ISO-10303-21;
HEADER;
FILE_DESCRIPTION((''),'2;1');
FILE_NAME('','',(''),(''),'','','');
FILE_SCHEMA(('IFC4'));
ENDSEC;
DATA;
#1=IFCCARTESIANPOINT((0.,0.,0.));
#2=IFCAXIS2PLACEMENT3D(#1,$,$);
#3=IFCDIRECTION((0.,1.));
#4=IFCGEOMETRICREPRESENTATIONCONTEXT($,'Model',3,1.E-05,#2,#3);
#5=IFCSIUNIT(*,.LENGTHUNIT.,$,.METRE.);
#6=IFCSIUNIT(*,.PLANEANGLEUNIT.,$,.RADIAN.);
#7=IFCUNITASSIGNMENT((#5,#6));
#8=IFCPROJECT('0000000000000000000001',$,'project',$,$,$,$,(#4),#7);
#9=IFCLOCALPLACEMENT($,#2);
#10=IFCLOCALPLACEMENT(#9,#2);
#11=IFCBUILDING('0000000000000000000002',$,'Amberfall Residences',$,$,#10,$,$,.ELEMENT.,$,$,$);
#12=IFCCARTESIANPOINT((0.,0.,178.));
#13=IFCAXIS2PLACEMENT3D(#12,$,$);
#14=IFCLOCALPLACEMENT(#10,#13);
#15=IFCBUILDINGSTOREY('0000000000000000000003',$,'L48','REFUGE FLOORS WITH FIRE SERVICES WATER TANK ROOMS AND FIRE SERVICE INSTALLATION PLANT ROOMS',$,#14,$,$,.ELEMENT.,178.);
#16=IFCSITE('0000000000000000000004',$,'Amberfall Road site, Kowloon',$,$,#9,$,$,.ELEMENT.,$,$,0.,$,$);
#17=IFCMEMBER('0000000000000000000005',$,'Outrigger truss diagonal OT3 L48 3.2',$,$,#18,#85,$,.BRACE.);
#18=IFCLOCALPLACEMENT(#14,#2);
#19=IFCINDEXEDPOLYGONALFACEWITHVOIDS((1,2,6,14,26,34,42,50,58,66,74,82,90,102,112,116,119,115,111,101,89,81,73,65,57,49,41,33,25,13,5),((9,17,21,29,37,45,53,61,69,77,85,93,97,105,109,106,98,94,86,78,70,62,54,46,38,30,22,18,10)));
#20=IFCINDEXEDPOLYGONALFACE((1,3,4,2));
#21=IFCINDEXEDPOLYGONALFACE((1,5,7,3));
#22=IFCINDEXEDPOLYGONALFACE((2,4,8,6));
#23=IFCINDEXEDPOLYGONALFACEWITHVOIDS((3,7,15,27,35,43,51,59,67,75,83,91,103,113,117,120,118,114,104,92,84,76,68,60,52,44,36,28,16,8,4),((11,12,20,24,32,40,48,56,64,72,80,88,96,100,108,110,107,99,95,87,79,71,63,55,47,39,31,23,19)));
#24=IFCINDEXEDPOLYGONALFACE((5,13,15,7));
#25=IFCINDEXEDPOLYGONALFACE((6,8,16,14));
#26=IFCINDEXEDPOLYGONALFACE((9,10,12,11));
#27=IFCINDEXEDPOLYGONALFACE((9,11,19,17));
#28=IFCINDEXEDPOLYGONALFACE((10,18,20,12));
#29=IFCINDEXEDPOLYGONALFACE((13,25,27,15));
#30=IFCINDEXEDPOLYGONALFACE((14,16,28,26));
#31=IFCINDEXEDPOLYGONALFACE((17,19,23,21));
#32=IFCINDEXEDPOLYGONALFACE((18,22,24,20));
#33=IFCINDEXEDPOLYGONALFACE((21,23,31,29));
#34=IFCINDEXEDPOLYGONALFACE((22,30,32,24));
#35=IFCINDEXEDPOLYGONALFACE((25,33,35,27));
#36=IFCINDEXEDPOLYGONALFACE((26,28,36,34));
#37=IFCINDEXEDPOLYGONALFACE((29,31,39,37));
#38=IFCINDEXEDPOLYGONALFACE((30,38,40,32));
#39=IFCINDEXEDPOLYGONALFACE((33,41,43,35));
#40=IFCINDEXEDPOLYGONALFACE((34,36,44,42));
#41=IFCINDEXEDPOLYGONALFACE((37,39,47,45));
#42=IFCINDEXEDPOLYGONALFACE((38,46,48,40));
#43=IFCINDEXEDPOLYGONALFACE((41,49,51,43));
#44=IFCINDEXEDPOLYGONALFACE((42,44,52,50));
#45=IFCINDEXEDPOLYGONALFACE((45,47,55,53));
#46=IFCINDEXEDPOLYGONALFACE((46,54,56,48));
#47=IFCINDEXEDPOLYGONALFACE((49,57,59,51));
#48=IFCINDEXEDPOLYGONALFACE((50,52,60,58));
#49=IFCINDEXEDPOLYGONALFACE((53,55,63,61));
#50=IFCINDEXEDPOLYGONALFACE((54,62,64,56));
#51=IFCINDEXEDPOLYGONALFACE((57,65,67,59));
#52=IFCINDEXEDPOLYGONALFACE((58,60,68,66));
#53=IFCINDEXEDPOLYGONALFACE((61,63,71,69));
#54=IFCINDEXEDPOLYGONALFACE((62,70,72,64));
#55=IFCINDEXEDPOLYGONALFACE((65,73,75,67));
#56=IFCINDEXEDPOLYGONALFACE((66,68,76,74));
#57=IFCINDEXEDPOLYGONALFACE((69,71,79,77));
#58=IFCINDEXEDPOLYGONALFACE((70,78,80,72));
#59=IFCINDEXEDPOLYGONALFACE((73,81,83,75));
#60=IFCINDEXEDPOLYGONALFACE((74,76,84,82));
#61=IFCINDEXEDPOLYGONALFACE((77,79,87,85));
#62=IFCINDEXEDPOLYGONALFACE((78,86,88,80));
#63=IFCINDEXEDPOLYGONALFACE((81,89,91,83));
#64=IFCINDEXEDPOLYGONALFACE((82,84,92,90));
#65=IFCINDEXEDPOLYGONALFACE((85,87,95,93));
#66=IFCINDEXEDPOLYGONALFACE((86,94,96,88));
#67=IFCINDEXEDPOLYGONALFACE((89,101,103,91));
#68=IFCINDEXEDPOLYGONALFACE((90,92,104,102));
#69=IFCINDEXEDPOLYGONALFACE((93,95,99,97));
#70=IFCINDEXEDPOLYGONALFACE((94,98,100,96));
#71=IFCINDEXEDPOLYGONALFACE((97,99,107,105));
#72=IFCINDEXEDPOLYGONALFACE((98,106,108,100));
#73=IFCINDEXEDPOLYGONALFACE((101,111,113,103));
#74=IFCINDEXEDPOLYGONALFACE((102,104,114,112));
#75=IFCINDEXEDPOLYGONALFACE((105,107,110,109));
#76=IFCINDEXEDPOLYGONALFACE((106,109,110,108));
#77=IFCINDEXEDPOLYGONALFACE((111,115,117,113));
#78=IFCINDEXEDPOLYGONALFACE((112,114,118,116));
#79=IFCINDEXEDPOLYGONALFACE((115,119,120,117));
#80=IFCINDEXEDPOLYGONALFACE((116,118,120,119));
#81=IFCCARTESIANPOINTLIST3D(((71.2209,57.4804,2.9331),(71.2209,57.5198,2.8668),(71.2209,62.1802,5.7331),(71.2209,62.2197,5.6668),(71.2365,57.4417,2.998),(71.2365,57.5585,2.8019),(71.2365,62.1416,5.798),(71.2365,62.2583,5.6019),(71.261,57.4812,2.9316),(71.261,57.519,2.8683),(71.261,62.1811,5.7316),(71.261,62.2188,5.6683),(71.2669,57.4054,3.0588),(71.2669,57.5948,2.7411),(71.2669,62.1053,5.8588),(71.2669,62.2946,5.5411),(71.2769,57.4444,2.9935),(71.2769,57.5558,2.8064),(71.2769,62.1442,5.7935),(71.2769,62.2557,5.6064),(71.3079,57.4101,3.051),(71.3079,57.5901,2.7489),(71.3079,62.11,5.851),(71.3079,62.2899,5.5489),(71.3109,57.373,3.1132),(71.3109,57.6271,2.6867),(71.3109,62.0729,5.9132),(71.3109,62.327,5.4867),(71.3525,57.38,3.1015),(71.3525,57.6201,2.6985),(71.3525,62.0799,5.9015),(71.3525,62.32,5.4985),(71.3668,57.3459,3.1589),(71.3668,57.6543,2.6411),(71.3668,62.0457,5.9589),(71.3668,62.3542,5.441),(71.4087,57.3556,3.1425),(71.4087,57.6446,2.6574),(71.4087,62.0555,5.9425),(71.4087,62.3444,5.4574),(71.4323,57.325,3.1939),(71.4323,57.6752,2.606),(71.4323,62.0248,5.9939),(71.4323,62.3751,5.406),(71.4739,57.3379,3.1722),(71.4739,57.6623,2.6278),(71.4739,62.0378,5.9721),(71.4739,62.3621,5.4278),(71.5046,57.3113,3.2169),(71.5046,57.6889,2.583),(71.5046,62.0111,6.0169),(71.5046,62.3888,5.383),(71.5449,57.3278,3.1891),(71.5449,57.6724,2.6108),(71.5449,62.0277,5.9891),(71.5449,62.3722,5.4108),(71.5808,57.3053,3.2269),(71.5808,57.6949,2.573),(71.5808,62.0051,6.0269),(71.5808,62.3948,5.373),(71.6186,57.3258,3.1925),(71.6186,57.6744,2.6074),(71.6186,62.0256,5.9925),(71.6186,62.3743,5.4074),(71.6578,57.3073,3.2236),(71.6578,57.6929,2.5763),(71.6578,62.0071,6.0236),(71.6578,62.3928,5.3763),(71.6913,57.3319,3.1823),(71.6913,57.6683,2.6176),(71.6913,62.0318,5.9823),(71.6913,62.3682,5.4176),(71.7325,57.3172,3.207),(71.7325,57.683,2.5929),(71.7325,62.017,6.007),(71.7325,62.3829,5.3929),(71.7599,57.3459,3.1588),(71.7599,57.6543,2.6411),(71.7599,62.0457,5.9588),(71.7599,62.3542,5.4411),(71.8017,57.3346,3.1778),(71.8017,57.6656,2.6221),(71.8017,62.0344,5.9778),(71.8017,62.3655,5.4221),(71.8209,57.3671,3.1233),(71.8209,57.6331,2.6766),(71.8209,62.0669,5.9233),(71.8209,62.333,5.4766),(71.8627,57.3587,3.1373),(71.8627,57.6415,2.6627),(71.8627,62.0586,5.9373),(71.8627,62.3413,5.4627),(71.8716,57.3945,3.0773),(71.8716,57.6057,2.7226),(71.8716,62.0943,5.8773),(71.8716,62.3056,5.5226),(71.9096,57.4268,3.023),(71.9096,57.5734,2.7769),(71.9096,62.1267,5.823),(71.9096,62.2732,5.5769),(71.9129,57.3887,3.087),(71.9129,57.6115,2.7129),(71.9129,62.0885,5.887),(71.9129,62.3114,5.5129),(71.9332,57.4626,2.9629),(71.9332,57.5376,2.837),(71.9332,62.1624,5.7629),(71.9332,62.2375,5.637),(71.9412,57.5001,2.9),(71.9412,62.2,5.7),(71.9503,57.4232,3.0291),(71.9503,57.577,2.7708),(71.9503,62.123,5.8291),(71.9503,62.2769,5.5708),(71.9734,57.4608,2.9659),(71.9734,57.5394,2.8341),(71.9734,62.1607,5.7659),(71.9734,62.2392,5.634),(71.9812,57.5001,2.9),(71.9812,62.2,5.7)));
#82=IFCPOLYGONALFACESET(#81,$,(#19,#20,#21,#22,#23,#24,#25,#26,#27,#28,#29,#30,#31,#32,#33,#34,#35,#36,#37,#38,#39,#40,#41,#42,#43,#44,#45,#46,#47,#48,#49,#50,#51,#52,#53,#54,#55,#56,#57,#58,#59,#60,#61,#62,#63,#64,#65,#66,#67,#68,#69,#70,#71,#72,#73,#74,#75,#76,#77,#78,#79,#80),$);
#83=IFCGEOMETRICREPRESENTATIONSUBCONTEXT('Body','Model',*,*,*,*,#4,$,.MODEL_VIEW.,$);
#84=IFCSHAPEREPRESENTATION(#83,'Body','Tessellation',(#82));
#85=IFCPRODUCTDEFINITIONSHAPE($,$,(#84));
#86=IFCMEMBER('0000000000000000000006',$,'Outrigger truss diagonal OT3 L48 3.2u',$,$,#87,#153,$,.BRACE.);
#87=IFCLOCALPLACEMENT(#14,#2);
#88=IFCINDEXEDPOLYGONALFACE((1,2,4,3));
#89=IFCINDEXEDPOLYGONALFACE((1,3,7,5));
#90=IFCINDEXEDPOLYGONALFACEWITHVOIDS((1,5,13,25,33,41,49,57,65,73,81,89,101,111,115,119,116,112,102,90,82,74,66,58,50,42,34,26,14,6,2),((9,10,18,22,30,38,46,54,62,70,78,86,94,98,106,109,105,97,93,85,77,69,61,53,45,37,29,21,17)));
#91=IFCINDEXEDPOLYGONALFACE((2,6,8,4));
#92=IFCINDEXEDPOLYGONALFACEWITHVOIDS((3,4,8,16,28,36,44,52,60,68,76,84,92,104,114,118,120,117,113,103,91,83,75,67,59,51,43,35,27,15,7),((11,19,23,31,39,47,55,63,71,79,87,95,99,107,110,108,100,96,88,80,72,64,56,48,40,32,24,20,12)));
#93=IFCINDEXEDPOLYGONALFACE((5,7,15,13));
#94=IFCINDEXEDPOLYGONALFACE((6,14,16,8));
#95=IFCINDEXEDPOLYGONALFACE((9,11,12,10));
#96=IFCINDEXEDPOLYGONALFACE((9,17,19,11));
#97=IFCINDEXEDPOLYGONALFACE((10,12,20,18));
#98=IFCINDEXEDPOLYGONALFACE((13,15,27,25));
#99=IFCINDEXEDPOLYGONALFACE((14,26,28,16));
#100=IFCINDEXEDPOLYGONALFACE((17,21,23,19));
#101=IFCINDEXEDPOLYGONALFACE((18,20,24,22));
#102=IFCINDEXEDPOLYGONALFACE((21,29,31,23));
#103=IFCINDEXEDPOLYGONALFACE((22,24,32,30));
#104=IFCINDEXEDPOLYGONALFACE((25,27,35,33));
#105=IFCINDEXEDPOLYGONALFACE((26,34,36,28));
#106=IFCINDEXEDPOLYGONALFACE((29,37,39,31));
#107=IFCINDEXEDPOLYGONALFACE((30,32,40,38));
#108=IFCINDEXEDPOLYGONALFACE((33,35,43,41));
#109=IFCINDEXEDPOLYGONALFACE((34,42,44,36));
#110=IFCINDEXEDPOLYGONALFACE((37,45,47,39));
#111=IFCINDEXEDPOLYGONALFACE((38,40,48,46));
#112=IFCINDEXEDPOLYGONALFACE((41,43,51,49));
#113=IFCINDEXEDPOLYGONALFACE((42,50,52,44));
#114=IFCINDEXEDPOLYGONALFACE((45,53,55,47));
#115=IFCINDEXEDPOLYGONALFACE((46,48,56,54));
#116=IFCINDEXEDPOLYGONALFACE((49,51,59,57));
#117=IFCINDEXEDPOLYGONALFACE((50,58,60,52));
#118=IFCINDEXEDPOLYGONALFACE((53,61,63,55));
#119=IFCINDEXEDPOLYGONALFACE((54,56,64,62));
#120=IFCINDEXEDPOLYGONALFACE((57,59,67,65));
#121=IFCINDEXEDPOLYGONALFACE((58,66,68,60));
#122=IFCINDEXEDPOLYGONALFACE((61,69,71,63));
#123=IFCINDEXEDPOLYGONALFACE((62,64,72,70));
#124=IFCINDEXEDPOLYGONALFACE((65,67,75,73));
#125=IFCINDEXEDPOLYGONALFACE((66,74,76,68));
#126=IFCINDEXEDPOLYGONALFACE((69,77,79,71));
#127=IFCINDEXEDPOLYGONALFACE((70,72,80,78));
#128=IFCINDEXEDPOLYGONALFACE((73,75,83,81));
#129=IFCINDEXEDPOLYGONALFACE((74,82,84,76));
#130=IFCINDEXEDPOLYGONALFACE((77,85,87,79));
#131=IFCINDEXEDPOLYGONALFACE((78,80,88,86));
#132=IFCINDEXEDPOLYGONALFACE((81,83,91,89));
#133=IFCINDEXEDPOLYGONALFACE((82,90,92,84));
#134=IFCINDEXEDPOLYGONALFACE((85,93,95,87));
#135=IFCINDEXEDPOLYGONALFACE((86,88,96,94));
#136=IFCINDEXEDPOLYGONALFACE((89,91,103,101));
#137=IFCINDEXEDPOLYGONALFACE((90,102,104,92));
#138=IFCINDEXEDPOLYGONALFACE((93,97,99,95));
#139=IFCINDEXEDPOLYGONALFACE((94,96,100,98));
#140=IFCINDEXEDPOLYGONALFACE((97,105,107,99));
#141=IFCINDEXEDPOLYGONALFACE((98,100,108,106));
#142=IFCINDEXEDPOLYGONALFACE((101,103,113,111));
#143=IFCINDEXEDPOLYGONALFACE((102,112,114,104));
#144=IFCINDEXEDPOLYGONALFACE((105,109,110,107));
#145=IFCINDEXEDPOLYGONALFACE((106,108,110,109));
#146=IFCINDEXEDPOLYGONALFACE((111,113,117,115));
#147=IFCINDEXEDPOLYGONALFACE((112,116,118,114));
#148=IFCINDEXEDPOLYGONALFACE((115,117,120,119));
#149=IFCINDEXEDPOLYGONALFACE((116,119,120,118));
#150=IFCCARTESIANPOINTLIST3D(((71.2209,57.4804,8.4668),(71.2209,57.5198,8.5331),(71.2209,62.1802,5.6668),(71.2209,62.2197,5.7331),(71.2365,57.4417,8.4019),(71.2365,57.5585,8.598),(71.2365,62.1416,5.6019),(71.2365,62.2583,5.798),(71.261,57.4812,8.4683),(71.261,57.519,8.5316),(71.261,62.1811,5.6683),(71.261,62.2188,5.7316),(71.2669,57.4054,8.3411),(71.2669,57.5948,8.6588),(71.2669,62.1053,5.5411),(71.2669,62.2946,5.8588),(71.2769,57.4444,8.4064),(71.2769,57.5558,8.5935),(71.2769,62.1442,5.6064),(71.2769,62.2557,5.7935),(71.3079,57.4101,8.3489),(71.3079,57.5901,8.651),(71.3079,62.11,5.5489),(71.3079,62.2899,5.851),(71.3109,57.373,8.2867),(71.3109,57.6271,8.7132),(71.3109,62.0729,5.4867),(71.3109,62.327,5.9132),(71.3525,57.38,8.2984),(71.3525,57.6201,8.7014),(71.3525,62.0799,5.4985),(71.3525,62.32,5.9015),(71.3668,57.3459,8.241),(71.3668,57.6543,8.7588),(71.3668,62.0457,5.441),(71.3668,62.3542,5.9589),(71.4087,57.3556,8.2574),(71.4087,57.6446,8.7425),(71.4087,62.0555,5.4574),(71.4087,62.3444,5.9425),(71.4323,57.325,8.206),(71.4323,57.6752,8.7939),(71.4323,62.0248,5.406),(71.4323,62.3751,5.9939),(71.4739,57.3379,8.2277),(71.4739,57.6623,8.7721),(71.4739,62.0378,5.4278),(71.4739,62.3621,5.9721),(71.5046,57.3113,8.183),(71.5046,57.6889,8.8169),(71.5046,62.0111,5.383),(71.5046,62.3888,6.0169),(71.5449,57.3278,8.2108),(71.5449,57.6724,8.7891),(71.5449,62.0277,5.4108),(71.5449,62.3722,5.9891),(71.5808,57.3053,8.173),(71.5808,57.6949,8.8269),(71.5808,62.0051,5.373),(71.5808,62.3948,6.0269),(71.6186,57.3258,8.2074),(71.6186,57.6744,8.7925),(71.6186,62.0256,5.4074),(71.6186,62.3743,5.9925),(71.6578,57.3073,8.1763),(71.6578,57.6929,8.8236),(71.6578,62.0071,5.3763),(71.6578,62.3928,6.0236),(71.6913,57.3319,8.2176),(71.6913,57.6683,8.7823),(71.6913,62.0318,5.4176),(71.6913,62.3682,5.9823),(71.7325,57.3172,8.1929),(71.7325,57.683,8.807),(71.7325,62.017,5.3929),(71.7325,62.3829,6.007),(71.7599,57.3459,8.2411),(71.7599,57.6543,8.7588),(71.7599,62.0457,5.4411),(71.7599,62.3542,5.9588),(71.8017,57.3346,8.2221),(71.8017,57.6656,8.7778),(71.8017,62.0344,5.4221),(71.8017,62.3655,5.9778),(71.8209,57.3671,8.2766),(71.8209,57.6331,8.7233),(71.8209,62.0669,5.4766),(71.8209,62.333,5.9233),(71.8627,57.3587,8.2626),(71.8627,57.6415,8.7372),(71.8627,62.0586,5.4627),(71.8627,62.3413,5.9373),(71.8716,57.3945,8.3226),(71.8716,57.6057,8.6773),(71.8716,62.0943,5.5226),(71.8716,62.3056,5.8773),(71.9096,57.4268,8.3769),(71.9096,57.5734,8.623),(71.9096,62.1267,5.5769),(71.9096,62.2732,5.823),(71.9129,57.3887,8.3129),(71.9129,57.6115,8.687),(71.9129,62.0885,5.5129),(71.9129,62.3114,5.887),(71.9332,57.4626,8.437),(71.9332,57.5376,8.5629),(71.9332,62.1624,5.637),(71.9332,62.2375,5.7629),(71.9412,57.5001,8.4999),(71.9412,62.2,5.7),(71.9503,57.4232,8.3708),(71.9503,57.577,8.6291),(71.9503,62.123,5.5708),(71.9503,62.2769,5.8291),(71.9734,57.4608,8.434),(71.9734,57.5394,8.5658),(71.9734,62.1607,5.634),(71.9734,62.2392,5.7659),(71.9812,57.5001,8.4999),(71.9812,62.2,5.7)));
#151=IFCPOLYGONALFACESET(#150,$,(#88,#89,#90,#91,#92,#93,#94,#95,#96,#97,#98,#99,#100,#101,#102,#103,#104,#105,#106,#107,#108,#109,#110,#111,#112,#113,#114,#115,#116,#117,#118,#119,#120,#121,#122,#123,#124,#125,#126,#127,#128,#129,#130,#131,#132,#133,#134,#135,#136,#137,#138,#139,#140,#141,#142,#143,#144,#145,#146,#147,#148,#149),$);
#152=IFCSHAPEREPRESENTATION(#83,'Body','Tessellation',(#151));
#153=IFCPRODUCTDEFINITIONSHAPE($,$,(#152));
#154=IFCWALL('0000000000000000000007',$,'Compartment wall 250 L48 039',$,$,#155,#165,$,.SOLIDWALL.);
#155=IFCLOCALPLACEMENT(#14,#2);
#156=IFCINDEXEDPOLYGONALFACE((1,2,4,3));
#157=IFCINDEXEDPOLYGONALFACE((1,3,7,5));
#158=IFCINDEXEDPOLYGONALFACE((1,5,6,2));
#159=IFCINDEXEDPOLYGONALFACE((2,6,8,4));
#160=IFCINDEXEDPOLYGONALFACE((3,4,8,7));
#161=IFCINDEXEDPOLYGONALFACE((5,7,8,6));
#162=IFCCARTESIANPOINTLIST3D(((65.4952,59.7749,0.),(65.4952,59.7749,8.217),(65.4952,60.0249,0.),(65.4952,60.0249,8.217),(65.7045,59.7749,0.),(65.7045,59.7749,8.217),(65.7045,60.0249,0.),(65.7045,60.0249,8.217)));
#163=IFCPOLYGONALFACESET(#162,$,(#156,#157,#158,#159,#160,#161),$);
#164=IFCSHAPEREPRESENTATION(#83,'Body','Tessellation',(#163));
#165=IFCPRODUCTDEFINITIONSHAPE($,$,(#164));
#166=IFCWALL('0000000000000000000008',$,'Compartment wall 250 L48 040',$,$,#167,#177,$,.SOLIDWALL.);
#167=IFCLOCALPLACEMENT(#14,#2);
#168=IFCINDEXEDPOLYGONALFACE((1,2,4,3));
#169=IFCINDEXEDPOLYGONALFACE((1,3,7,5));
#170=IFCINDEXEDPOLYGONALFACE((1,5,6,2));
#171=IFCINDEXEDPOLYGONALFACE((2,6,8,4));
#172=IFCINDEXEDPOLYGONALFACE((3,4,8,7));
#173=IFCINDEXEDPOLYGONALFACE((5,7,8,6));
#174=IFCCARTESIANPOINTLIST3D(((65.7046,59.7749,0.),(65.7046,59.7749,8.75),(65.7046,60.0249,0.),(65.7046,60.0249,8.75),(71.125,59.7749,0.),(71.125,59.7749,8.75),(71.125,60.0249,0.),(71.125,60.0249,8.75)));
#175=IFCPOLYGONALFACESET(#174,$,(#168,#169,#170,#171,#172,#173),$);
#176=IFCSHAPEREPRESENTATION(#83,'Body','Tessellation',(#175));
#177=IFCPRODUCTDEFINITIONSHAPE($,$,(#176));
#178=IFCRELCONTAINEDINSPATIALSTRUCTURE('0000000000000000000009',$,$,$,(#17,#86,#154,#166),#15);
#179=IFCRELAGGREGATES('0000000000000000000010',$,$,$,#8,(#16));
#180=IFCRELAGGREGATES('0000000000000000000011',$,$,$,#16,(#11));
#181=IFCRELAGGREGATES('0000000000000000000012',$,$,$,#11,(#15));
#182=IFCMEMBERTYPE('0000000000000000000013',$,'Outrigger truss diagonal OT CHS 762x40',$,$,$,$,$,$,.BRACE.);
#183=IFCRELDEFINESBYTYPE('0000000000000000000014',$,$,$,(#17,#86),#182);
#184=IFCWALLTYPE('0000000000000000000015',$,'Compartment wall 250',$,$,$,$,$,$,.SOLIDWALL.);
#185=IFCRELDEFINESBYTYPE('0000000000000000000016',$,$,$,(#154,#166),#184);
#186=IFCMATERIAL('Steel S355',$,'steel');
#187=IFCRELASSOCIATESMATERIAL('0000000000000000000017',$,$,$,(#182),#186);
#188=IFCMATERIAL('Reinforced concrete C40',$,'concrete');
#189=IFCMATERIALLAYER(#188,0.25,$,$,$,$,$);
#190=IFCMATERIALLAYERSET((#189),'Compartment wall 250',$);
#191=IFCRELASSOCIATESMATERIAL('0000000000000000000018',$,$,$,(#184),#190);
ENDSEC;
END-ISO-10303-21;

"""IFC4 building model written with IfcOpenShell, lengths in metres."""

from ifc_helpers import new_model, si_unit, direction, frame, frame_2d, origin, origin_2d, place, context, subcontext, project, spatial, rectangle, hollow_circle, extrude, material, layer, layer_set, material_profile, profile_set, type_object, element, save


model = new_model("IFC4")

# Units and contexts
model_context = context("Model", 3, precision=1e-05, world=origin(), true_north=direction((0.0, 1.0)))
body_context = subcontext(model_context, "Body", "Model", "MODEL_VIEW")
ifc_project = project(units=[si_unit("LENGTHUNIT", "METRE"), si_unit("PLANEANGLEUNIT", "RADIAN")], contexts=[model_context])

# Site, building, storey
site_placement = place(None, origin())
site = spatial("IfcSite", under=ifc_project, at=site_placement, Name="Amberfall Road site, Kowloon", CompositionType="ELEMENT", RefElevation=0.0)
building_placement = place(site_placement, origin())
building = spatial("IfcBuilding", under=site, at=building_placement, Name="Amberfall Residences", CompositionType="ELEMENT")
storey_placement = place(building_placement, frame((0.0, 0.0, 178.0)))
storey = spatial("IfcBuildingStorey", under=building, at=storey_placement, Name="L48", Description="REFUGE FLOORS WITH FIRE SERVICES WATER TANK ROOMS AND FIRE SERVICE INSTALLATION PLANT ROOMS", CompositionType="ELEMENT", Elevation=178.0)

# Members
ifc_material_1 = material(Name="Steel S355", Category="steel")
ifc_material_profile = material_profile(ifc_material_1, hollow_circle(Radius=0.3811, WallThickness=0.04, at=origin_2d()), Name="CHS 762x40")
ifc_profile_set = profile_set([ifc_material_profile], Name="Steel S355")
member_type = type_object("IfcMemberType", Name="Outrigger truss diagonal OT CHS 762x40", PredefinedType="BRACE", material=ifc_profile_set)
for number, where, z_axis, x_axis, name in (
    (1, (71.6001, 62.2, 5.7), (0.0, -0.859095, -0.511816), (1.0, 0.0, 0.0), "Outrigger truss diagonal OT3 L48 3.2"),
    (2, (71.6001, 62.2, 5.7), (0.0, -0.859095, 0.511816), (1.0, 0.0, 0.0), "Outrigger truss diagonal OT3 L48 3.2u"),
):
    element("IfcMember", number, at=place(storey_placement, frame(where, z_axis=z_axis, x_axis=x_axis)), inside=storey, type_object=member_type, Name=name, PredefinedType="BRACE", context=body_context, shape_type="SweptSolid", body=[
        extrude(hollow_circle(Radius=0.3811, WallThickness=0.04, at=origin_2d()), origin(), (0.0, 0.0, 1.0), 5.4707),
    ])

# Walls
ifc_material_2 = material(Name="Reinforced concrete C40", Category="concrete")
ifc_layer_1 = layer(ifc_material_2, 0.25)
ifc_layer_set_1 = layer_set([ifc_layer_1], Name="Compartment wall 250")
wall_type_1 = type_object("IfcWallType", Name="Compartment wall 250", PredefinedType="SOLIDWALL", material=ifc_layer_set_1)
wall_1_placement = place(storey_placement, frame((65.4954, 59.8999, 0.0), z_axis=(0.0, 0.0, 1.0), x_axis=(1.0, 0.0, 0.0)))
element("IfcWall", 3, at=wall_1_placement, inside=storey, type_object=wall_type_1, Name="Compartment wall 250 L48 039", PredefinedType="SOLIDWALL", context=body_context, shape_type="SweptSolid", body=[
    extrude(rectangle(XDim=0.2092, YDim=0.25, at=frame_2d((0.1045, 0.0))), origin(), (0.0, 0.0, 1.0), 8.217),
])
wall_2_placement = place(storey_placement, frame((65.7046, 59.8999, 0.0), z_axis=(0.0, 0.0, 1.0), x_axis=(1.0, 0.0, 0.0)))
element("IfcWall", 4, at=wall_2_placement, inside=storey, type_object=wall_type_1, Name="Compartment wall 250 L48 040", PredefinedType="SOLIDWALL", context=body_context, shape_type="SweptSolid", body=[
    extrude(rectangle(XDim=5.4204, YDim=0.25, at=frame_2d((2.7102, 0.0))), origin(), (0.0, 0.0, 1.0), 8.75),
])

save(model, "model.ifc")
